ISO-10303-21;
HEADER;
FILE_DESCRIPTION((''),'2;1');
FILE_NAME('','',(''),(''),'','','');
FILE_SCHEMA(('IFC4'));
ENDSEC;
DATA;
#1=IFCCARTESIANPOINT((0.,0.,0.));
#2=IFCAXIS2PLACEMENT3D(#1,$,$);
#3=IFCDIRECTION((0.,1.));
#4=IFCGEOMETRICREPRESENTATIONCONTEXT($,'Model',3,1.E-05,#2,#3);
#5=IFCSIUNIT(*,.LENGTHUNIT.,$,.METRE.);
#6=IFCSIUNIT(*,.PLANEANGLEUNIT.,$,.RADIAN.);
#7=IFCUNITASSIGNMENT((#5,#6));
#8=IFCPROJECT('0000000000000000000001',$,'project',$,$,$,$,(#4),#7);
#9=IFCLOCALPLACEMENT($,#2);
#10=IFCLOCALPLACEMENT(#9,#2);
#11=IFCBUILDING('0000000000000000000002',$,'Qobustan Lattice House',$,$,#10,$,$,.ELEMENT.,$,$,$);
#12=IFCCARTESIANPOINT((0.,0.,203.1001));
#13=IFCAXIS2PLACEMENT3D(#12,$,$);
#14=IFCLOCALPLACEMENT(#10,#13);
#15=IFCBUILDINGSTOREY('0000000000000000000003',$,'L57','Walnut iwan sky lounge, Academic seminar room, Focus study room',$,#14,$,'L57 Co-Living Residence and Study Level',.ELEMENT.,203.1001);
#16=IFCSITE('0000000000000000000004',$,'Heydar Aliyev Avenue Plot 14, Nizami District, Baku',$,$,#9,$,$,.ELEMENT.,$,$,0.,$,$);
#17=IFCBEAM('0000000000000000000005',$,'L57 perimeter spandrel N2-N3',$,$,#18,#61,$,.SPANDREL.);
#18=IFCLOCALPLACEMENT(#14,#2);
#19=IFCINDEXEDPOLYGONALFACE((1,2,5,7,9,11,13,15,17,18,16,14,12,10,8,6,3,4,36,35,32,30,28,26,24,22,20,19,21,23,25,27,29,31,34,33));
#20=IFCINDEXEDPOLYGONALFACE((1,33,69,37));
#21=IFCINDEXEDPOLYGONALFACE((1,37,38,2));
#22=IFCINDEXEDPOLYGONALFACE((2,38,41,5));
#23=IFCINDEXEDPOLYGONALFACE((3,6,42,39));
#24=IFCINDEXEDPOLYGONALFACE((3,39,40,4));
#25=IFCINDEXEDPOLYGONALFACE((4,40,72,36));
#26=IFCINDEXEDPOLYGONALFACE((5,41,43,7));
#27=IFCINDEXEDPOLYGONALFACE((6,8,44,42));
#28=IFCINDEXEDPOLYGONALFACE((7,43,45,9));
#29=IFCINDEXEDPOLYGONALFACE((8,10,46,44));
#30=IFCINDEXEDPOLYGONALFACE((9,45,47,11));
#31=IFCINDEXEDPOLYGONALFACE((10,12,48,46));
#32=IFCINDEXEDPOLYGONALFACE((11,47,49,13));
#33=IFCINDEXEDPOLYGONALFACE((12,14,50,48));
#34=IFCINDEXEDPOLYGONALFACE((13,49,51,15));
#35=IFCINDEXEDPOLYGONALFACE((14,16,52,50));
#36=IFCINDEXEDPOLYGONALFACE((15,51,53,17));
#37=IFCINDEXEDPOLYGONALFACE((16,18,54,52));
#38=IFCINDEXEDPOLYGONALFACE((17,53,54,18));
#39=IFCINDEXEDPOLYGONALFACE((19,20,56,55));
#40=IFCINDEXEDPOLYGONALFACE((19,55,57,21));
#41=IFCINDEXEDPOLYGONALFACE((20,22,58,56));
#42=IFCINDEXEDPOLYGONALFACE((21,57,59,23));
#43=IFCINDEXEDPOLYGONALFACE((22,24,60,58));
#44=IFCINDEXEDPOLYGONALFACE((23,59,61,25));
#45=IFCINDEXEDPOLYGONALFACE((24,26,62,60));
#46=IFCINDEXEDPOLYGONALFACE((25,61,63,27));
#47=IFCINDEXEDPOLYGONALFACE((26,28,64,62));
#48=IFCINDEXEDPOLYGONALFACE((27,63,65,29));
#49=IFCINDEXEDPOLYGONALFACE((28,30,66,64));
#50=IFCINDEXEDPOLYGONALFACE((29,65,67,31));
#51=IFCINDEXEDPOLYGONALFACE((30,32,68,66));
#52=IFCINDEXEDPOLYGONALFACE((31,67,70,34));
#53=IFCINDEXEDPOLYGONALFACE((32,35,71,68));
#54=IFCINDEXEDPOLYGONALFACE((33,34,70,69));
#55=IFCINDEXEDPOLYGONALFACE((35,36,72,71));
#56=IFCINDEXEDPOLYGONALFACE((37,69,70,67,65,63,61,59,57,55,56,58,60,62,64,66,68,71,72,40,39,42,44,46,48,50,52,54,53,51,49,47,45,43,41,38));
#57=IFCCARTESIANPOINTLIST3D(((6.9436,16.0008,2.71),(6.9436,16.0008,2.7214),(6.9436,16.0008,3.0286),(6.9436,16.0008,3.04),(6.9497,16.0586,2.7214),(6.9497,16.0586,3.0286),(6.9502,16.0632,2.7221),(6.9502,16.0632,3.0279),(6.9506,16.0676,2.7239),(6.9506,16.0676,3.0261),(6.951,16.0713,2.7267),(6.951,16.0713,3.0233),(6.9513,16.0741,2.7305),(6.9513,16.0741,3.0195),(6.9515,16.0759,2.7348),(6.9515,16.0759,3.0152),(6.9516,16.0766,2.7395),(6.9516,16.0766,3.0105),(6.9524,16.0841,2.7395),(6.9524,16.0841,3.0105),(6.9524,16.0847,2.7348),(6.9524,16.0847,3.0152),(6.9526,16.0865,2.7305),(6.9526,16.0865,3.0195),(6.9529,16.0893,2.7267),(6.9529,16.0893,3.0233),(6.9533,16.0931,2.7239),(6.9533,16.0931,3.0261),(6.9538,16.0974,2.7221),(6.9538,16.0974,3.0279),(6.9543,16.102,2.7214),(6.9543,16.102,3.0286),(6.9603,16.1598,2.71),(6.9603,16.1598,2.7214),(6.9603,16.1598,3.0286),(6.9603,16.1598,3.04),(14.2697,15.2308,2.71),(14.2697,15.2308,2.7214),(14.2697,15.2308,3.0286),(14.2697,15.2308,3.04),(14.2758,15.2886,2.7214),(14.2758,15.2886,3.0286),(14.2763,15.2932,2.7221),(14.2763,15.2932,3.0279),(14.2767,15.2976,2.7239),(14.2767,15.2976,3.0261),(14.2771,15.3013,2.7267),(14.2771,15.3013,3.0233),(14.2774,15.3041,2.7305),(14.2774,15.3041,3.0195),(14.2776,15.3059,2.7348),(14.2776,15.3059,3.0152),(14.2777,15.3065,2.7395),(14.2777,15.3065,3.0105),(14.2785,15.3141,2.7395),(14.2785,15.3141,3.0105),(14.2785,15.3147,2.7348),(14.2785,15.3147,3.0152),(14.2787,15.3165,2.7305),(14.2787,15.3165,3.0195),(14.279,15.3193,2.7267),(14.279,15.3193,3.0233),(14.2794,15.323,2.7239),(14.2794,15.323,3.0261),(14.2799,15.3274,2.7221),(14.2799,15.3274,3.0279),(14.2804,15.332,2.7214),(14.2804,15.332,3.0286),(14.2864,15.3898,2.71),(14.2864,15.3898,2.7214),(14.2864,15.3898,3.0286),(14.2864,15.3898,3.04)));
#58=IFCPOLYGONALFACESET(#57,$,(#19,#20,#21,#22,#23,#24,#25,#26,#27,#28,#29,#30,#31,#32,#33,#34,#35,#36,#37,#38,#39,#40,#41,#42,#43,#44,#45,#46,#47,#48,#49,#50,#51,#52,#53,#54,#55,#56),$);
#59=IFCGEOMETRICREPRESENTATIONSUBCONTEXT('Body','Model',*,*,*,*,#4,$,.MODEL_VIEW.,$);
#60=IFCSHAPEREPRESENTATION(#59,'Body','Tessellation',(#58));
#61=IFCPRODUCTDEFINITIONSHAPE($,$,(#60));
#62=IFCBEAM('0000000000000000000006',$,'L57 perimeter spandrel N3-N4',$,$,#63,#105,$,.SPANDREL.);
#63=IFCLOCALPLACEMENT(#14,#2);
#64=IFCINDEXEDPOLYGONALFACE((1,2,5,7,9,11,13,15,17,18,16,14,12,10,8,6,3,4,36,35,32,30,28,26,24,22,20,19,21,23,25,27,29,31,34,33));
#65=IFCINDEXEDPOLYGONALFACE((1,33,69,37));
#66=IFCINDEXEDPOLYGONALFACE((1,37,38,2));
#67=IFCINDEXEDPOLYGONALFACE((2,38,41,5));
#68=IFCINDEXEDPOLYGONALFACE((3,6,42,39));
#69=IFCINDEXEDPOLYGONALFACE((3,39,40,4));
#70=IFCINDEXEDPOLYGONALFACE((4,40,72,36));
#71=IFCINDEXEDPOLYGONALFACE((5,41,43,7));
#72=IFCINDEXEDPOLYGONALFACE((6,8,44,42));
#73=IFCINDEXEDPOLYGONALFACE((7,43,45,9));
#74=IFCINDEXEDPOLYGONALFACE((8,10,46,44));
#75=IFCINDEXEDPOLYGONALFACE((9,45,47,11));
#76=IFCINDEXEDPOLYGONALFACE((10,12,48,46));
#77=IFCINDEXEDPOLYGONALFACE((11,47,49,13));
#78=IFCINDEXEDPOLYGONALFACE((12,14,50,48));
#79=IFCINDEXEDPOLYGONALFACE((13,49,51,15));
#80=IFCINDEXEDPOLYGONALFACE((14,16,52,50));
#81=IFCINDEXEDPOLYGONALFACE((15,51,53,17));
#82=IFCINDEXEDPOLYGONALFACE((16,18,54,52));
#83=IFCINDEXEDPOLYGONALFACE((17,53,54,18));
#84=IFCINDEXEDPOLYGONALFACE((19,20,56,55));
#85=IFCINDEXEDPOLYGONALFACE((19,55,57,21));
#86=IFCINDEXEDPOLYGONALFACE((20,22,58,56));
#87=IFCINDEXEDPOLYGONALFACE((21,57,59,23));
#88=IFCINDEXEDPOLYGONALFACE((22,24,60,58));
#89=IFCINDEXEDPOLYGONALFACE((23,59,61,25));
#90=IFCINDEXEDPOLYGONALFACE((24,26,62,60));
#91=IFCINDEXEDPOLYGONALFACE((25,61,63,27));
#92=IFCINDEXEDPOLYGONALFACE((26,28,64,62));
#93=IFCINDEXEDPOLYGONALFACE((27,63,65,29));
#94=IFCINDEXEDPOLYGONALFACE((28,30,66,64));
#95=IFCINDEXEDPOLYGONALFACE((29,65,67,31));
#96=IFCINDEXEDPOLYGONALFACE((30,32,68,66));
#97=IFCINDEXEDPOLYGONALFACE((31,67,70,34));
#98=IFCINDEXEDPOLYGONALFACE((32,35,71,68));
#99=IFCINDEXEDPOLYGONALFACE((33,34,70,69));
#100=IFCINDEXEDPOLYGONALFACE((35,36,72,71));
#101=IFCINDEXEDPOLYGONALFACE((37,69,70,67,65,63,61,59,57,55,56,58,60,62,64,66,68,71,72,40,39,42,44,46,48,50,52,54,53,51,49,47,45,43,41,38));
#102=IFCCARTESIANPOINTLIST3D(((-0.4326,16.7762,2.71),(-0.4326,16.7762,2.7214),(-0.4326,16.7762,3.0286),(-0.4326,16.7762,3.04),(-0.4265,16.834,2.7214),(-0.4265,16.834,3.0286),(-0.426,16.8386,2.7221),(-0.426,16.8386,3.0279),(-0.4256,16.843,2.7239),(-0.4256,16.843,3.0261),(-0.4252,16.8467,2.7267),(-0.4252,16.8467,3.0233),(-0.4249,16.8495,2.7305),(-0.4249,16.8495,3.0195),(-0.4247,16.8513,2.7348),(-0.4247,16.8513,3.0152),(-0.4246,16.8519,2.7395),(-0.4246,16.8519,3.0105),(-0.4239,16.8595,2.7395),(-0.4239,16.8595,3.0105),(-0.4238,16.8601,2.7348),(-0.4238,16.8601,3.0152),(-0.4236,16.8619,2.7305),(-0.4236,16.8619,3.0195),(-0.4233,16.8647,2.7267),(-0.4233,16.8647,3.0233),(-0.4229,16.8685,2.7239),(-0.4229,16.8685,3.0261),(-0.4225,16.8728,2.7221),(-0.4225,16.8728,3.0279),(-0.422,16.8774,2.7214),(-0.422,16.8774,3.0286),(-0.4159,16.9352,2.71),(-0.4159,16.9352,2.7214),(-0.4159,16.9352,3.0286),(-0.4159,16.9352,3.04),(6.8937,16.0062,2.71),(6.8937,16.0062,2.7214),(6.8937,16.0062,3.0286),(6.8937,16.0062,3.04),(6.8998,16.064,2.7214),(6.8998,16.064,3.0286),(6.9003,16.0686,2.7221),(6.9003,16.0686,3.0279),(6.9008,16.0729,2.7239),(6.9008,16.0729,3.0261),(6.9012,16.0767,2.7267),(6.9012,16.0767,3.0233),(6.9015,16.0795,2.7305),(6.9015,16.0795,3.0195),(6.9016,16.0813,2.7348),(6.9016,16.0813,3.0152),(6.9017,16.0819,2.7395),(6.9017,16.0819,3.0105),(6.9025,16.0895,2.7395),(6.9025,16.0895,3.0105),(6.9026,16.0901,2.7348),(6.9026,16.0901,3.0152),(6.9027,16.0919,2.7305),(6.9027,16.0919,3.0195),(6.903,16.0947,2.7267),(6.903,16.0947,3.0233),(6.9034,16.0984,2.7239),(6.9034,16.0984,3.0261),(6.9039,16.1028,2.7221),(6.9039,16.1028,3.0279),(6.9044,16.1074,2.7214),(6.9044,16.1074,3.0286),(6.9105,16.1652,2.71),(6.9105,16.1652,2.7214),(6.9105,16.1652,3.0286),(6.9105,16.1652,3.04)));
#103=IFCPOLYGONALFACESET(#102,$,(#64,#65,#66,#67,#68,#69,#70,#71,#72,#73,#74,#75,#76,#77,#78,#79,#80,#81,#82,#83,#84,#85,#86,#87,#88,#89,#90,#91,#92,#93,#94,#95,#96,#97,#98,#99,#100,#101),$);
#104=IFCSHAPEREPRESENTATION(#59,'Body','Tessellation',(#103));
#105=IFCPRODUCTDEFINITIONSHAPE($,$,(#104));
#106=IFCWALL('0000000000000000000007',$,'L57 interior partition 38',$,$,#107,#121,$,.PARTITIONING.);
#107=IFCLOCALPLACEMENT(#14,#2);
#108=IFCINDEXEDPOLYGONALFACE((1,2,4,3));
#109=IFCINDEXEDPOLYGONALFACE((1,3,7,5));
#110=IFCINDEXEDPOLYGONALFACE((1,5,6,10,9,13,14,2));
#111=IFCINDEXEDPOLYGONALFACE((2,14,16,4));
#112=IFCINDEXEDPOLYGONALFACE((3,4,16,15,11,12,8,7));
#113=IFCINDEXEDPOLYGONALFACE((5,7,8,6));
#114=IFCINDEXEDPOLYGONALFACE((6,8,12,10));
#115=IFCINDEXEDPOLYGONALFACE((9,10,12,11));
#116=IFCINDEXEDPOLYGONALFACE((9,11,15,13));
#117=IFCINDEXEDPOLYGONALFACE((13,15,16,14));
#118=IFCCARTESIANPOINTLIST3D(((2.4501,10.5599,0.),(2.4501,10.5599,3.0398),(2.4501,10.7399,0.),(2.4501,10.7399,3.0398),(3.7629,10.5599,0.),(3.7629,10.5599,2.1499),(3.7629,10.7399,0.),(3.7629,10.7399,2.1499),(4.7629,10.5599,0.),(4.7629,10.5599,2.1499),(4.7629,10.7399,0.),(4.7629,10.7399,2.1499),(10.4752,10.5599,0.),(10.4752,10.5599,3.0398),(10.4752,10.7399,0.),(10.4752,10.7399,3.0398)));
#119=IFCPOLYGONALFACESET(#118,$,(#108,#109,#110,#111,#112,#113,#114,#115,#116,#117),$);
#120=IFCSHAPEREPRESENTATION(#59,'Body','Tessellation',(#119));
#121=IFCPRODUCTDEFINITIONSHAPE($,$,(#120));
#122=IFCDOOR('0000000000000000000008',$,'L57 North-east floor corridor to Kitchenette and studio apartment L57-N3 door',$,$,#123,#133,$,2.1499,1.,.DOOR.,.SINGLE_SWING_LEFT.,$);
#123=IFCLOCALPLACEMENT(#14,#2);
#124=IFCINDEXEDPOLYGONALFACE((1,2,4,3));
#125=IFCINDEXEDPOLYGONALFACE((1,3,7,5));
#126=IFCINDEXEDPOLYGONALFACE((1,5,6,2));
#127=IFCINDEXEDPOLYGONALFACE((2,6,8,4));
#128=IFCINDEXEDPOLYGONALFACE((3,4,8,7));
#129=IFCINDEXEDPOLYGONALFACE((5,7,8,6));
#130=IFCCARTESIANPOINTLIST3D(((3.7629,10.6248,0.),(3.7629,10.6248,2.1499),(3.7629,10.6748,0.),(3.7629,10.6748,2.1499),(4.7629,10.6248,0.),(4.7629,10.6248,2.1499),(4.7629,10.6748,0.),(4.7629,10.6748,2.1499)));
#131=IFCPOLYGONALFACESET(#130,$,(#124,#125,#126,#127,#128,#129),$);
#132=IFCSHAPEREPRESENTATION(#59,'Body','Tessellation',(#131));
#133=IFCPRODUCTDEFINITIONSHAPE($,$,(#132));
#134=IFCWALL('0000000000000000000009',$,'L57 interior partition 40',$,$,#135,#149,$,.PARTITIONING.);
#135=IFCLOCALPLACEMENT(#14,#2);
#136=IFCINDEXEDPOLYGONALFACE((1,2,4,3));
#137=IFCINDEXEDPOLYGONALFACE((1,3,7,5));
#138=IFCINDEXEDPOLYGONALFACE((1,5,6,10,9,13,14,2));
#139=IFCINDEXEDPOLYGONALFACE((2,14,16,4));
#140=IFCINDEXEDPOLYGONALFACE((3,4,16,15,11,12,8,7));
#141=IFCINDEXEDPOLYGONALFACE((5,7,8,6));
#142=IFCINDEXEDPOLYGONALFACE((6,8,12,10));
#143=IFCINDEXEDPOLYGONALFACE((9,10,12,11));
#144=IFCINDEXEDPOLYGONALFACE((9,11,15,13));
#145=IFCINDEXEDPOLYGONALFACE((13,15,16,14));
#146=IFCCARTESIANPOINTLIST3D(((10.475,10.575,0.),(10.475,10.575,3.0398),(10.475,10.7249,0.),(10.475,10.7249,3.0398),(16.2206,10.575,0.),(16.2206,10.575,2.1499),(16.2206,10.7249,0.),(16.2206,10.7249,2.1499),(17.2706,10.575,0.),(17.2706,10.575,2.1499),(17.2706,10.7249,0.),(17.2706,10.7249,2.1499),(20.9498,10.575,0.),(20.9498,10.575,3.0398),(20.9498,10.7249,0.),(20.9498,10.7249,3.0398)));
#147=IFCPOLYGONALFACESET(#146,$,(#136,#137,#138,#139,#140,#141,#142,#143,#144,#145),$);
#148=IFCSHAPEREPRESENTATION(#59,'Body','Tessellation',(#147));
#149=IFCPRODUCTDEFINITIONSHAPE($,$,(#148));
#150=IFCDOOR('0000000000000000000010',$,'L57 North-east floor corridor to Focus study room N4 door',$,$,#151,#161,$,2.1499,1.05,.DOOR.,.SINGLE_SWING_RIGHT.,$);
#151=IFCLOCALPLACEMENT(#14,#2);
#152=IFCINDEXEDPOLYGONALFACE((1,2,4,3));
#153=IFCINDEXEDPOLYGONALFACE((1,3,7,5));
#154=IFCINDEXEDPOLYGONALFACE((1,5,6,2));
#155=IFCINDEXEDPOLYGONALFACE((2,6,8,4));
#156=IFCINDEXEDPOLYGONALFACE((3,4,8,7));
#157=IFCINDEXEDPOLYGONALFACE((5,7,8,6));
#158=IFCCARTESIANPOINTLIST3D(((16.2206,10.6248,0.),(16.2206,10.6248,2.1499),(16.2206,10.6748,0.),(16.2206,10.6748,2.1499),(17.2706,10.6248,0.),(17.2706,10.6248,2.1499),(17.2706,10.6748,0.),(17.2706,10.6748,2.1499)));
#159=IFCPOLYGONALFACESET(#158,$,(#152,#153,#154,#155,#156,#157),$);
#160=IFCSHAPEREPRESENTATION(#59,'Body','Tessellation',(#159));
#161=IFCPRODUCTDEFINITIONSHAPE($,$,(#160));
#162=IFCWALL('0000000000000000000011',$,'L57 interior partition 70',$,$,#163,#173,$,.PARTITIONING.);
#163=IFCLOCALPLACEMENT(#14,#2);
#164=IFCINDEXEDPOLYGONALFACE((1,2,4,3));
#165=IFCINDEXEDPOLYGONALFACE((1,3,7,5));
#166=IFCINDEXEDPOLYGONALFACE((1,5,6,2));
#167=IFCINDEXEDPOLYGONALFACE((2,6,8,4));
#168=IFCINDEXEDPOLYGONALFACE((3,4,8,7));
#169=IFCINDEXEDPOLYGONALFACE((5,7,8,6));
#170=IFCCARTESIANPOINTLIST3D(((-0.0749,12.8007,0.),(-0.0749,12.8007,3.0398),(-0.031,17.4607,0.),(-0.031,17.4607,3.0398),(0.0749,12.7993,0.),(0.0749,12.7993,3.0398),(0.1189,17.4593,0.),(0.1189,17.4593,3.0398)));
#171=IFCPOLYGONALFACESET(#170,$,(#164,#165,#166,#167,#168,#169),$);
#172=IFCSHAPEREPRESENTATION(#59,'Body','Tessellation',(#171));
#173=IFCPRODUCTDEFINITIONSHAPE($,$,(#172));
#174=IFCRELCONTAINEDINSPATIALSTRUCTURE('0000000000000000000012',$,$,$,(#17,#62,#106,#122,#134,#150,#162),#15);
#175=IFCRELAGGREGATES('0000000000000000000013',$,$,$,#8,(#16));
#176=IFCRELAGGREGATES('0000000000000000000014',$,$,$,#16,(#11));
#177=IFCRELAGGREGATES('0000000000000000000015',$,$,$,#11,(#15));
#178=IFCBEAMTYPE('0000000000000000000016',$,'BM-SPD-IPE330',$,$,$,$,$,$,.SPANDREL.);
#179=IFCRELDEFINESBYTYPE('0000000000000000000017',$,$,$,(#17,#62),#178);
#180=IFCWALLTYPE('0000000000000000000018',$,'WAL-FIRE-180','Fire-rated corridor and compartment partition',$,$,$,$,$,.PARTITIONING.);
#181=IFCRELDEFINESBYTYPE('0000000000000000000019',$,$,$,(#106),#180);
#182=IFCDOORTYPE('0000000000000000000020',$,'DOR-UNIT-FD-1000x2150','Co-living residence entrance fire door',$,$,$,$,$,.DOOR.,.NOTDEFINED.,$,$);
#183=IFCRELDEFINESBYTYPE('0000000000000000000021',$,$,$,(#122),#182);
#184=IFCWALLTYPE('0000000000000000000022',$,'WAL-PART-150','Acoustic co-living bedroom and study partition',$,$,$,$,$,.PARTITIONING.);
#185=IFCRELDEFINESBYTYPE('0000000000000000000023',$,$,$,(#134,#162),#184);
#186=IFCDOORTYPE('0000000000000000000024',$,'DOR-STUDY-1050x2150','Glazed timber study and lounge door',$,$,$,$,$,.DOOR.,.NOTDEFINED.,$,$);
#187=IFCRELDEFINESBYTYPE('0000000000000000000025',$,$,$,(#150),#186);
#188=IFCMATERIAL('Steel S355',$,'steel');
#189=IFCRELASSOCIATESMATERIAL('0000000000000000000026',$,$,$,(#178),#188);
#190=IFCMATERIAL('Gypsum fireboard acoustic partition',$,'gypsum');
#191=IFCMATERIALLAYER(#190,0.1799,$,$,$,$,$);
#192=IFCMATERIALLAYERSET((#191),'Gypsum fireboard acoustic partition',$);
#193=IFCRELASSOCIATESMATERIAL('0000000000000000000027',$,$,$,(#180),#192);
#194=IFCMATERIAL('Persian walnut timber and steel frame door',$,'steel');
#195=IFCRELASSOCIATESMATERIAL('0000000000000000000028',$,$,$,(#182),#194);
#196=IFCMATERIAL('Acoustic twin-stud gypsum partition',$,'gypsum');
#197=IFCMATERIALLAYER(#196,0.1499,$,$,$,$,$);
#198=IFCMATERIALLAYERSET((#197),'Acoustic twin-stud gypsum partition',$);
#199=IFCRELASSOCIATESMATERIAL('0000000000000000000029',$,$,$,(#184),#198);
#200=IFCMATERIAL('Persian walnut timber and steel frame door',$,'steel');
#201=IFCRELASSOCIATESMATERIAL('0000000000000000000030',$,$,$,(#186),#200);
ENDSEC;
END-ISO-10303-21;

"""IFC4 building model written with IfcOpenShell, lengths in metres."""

from ifc_helpers import new_model, si_unit, direction, frame, frame_2d, origin, origin_2d, place, context, subcontext, project, spatial, rectangle, i_section, extrude, material, layer, layer_set, material_profile, profile_set, type_object, element, fill, save


model = new_model("IFC4")

# Units and contexts
model_context = context("Model", 3, precision=1e-05, world=origin(), true_north=direction((0.0, 1.0)))
body_context = subcontext(model_context, "Body", "Model", "MODEL_VIEW")
ifc_project = project(units=[si_unit("LENGTHUNIT", "METRE"), si_unit("PLANEANGLEUNIT", "RADIAN")], contexts=[model_context])

# Site, building, storey
site_placement = place(None, origin())
site = spatial("IfcSite", under=ifc_project, at=site_placement, Name="Heydar Aliyev Avenue Plot 14, Nizami District, Baku", CompositionType="ELEMENT", RefElevation=0.0)
building_placement = place(site_placement, origin())
building = spatial("IfcBuilding", under=site, at=building_placement, Name="Qobustan Lattice House", CompositionType="ELEMENT")
storey_placement = place(building_placement, frame((0.0, 0.0, 203.1001)))
storey = spatial("IfcBuildingStorey", under=building, at=storey_placement, Name="L57", Description="Walnut iwan sky lounge, Academic seminar room, Focus study room", LongName="L57 Co-Living Residence and Study Level", CompositionType="ELEMENT", Elevation=203.1001)

# Beams
ifc_material_1 = material(Name="Steel S355", Category="steel")
ifc_material_profile_1 = material_profile(ifc_material_1, i_section(OverallWidth=0.1599, OverallDepth=0.3301, WebThickness=0.0076, FlangeThickness=0.0115, FilletRadius=0.0181, at=origin_2d()), Name="IPE330")
ifc_profile_set_1 = profile_set([ifc_material_profile_1], Name="Steel S355")
beam_type_1 = type_object("IfcBeamType", Name="BM-SPD-IPE330", PredefinedType="SPANDREL", material=ifc_profile_set_1)
beam_1_placement = place(storey_placement, frame((14.2781, 15.3103, 2.875), z_axis=(-0.994522, 0.10453, 0.0), x_axis=(-0.10453, -0.994522, 0.0)))
element("IfcBeam", 1, at=beam_1_placement, inside=storey, type_object=beam_type_1, Name="L57 perimeter spandrel N2-N3", PredefinedType="SPANDREL", context=body_context, shape_type="SweptSolid", body=[
    extrude(i_section(OverallWidth=0.1599, OverallDepth=0.3301, WebThickness=0.0076, FlangeThickness=0.0115, FilletRadius=0.0181, at=origin_2d()), origin(), (0.0, 0.0, 1.0), 7.3665),
])
beam_2_placement = place(storey_placement, frame((6.9021, 16.0857, 2.875), z_axis=(-0.994522, 0.104526, 0.0), x_axis=(-0.104526, -0.994522, 0.0)))
element("IfcBeam", 2, at=beam_2_placement, inside=storey, type_object=beam_type_1, Name="L57 perimeter spandrel N3-N4", PredefinedType="SPANDREL", context=body_context, shape_type="SweptSolid", body=[
    extrude(i_section(OverallWidth=0.1599, OverallDepth=0.3301, WebThickness=0.0076, FlangeThickness=0.0115, FilletRadius=0.0181, at=origin_2d()), origin(), (0.0, 0.0, 1.0), 7.3667),
])

# Walls, openings, doors
ifc_material_2 = material(Name="Gypsum fireboard acoustic partition", Category="gypsum")
ifc_layer_1 = layer(ifc_material_2, 0.1799)
ifc_layer_set_1 = layer_set([ifc_layer_1], Name="Gypsum fireboard acoustic partition")
wall_type_1 = type_object("IfcWallType", Name="WAL-FIRE-180", Description="Fire-rated corridor and compartment partition", PredefinedType="PARTITIONING", material=ifc_layer_set_1)
wall_1_placement = place(storey_placement, frame((2.45, 10.6499, 0.0), z_axis=(0.0, 0.0, 1.0), x_axis=(1.0, 0.0, 0.0)))
wall_1 = element("IfcWall", 3, at=wall_1_placement, inside=storey, type_object=wall_type_1, Name="L57 interior partition 38", PredefinedType="PARTITIONING", context=body_context, shape_type="SweptSolid", body=[
    extrude(rectangle(XDim=8.0251, YDim=0.1799, at=frame_2d((4.0127, 0.0))), origin(), (0.0, 0.0, 1.0), 3.0398),
])
opening_1_placement = place(wall_1_placement, frame((1.313, 0.0, 0.0)))
opening_1 = element("IfcOpeningElement", 4, at=opening_1_placement, cuts=wall_1, PredefinedType="OPENING", context=body_context, shape_type="SweptSolid", body=[
    extrude(rectangle(XDim=1.0, YDim=2.1499, at=frame_2d((0.5, 1.075))), frame((0.0, 0.0999, 0.0), z_axis=(0.0, -1.0, 0.0), x_axis=(1.0, 0.0, 0.0)), (0.0, 0.0, 1.0), 0.2),
])
ifc_material_3 = material(Name="Persian walnut timber and steel frame door", Category="steel")
door_type_1 = type_object("IfcDoorType", Name="DOR-UNIT-FD-1000x2150", Description="Co-living residence entrance fire door", OperationType="NOTDEFINED", PredefinedType="DOOR", material=ifc_material_3)
door_1_placement = place(opening_1_placement, origin())
door_1 = element("IfcDoor", 5, at=door_1_placement, inside=storey, type_object=door_type_1, Name="L57 North-east floor corridor to Kitchenette and studio apartment L57-N3 door", OperationType="SINGLE_SWING_LEFT", OverallHeight=2.1499, OverallWidth=1.0, PredefinedType="DOOR", context=body_context, shape_type="SweptSolid", body=[
    extrude(rectangle(XDim=1.0, YDim=2.1499, at=frame_2d((0.5, 1.075))), frame((0.0, 0.0249, 0.0), z_axis=(0.0, -1.0, 0.0), x_axis=(1.0, 0.0, 0.0)), (0.0, 0.0, 1.0), 0.05),
])
fill(opening_1, door_1)
ifc_material_4 = material(Name="Acoustic twin-stud gypsum partition", Category="gypsum")
ifc_layer_2 = layer(ifc_material_4, 0.1499)
ifc_layer_set_2 = layer_set([ifc_layer_2], Name="Acoustic twin-stud gypsum partition")
wall_type_2 = type_object("IfcWallType", Name="WAL-PART-150", Description="Acoustic co-living bedroom and study partition", PredefinedType="PARTITIONING", material=ifc_layer_set_2)
wall_2_placement = place(storey_placement, frame((10.4751, 10.6499, 0.0), z_axis=(0.0, 0.0, 1.0), x_axis=(1.0, 0.0, 0.0)))
wall_2 = element("IfcWall", 6, at=wall_2_placement, inside=storey, type_object=wall_type_2, Name="L57 interior partition 40", PredefinedType="PARTITIONING", context=body_context, shape_type="SweptSolid", body=[
    extrude(rectangle(XDim=10.4749, YDim=0.1499, at=frame_2d((5.2373, 0.0))), origin(), (0.0, 0.0, 1.0), 3.0398),
])
opening_2_placement = place(wall_2_placement, frame((5.7456, 0.0, 0.0)))
opening_2 = element("IfcOpeningElement", 7, at=opening_2_placement, cuts=wall_2, PredefinedType="OPENING", context=body_context, shape_type="SweptSolid", body=[
    extrude(rectangle(XDim=1.05, YDim=2.1499, at=frame_2d((0.5249, 1.075))), frame((0.0, 0.085, 0.0), z_axis=(0.0, -1.0, 0.0), x_axis=(1.0, 0.0, 0.0)), (0.0, 0.0, 1.0), 0.1699),
])
ifc_material_5 = material(Name="Persian walnut timber and steel frame door", Category="steel")
door_type_2 = type_object("IfcDoorType", Name="DOR-STUDY-1050x2150", Description="Glazed timber study and lounge door", OperationType="NOTDEFINED", PredefinedType="DOOR", material=ifc_material_5)
door_2_placement = place(opening_2_placement, origin())
door_2 = element("IfcDoor", 8, at=door_2_placement, inside=storey, type_object=door_type_2, Name="L57 North-east floor corridor to Focus study room N4 door", OperationType="SINGLE_SWING_RIGHT", OverallHeight=2.1499, OverallWidth=1.05, PredefinedType="DOOR", context=body_context, shape_type="SweptSolid", body=[
    extrude(rectangle(XDim=1.05, YDim=2.1499, at=frame_2d((0.5249, 1.075))), frame((0.0, 0.0249, 0.0), z_axis=(0.0, -1.0, 0.0), x_axis=(1.0, 0.0, 0.0)), (0.0, 0.0, 1.0), 0.05),
])
fill(opening_2, door_2)

# Wall
wall_3_placement = place(storey_placement, frame((0.0439, 17.46, 0.0), z_axis=(0.0, 0.0, 1.0), x_axis=(-0.00943, -0.999956, 0.0)))
element("IfcWall", 9, at=wall_3_placement, inside=storey, type_object=wall_type_2, Name="L57 interior partition 70", PredefinedType="PARTITIONING", context=body_context, shape_type="SweptSolid", body=[
    extrude(rectangle(XDim=4.6602, YDim=0.1499, at=frame_2d((2.3301, 0.0))), origin(), (0.0, 0.0, 1.0), 3.0398),
])

save(model, "model.ifc")
